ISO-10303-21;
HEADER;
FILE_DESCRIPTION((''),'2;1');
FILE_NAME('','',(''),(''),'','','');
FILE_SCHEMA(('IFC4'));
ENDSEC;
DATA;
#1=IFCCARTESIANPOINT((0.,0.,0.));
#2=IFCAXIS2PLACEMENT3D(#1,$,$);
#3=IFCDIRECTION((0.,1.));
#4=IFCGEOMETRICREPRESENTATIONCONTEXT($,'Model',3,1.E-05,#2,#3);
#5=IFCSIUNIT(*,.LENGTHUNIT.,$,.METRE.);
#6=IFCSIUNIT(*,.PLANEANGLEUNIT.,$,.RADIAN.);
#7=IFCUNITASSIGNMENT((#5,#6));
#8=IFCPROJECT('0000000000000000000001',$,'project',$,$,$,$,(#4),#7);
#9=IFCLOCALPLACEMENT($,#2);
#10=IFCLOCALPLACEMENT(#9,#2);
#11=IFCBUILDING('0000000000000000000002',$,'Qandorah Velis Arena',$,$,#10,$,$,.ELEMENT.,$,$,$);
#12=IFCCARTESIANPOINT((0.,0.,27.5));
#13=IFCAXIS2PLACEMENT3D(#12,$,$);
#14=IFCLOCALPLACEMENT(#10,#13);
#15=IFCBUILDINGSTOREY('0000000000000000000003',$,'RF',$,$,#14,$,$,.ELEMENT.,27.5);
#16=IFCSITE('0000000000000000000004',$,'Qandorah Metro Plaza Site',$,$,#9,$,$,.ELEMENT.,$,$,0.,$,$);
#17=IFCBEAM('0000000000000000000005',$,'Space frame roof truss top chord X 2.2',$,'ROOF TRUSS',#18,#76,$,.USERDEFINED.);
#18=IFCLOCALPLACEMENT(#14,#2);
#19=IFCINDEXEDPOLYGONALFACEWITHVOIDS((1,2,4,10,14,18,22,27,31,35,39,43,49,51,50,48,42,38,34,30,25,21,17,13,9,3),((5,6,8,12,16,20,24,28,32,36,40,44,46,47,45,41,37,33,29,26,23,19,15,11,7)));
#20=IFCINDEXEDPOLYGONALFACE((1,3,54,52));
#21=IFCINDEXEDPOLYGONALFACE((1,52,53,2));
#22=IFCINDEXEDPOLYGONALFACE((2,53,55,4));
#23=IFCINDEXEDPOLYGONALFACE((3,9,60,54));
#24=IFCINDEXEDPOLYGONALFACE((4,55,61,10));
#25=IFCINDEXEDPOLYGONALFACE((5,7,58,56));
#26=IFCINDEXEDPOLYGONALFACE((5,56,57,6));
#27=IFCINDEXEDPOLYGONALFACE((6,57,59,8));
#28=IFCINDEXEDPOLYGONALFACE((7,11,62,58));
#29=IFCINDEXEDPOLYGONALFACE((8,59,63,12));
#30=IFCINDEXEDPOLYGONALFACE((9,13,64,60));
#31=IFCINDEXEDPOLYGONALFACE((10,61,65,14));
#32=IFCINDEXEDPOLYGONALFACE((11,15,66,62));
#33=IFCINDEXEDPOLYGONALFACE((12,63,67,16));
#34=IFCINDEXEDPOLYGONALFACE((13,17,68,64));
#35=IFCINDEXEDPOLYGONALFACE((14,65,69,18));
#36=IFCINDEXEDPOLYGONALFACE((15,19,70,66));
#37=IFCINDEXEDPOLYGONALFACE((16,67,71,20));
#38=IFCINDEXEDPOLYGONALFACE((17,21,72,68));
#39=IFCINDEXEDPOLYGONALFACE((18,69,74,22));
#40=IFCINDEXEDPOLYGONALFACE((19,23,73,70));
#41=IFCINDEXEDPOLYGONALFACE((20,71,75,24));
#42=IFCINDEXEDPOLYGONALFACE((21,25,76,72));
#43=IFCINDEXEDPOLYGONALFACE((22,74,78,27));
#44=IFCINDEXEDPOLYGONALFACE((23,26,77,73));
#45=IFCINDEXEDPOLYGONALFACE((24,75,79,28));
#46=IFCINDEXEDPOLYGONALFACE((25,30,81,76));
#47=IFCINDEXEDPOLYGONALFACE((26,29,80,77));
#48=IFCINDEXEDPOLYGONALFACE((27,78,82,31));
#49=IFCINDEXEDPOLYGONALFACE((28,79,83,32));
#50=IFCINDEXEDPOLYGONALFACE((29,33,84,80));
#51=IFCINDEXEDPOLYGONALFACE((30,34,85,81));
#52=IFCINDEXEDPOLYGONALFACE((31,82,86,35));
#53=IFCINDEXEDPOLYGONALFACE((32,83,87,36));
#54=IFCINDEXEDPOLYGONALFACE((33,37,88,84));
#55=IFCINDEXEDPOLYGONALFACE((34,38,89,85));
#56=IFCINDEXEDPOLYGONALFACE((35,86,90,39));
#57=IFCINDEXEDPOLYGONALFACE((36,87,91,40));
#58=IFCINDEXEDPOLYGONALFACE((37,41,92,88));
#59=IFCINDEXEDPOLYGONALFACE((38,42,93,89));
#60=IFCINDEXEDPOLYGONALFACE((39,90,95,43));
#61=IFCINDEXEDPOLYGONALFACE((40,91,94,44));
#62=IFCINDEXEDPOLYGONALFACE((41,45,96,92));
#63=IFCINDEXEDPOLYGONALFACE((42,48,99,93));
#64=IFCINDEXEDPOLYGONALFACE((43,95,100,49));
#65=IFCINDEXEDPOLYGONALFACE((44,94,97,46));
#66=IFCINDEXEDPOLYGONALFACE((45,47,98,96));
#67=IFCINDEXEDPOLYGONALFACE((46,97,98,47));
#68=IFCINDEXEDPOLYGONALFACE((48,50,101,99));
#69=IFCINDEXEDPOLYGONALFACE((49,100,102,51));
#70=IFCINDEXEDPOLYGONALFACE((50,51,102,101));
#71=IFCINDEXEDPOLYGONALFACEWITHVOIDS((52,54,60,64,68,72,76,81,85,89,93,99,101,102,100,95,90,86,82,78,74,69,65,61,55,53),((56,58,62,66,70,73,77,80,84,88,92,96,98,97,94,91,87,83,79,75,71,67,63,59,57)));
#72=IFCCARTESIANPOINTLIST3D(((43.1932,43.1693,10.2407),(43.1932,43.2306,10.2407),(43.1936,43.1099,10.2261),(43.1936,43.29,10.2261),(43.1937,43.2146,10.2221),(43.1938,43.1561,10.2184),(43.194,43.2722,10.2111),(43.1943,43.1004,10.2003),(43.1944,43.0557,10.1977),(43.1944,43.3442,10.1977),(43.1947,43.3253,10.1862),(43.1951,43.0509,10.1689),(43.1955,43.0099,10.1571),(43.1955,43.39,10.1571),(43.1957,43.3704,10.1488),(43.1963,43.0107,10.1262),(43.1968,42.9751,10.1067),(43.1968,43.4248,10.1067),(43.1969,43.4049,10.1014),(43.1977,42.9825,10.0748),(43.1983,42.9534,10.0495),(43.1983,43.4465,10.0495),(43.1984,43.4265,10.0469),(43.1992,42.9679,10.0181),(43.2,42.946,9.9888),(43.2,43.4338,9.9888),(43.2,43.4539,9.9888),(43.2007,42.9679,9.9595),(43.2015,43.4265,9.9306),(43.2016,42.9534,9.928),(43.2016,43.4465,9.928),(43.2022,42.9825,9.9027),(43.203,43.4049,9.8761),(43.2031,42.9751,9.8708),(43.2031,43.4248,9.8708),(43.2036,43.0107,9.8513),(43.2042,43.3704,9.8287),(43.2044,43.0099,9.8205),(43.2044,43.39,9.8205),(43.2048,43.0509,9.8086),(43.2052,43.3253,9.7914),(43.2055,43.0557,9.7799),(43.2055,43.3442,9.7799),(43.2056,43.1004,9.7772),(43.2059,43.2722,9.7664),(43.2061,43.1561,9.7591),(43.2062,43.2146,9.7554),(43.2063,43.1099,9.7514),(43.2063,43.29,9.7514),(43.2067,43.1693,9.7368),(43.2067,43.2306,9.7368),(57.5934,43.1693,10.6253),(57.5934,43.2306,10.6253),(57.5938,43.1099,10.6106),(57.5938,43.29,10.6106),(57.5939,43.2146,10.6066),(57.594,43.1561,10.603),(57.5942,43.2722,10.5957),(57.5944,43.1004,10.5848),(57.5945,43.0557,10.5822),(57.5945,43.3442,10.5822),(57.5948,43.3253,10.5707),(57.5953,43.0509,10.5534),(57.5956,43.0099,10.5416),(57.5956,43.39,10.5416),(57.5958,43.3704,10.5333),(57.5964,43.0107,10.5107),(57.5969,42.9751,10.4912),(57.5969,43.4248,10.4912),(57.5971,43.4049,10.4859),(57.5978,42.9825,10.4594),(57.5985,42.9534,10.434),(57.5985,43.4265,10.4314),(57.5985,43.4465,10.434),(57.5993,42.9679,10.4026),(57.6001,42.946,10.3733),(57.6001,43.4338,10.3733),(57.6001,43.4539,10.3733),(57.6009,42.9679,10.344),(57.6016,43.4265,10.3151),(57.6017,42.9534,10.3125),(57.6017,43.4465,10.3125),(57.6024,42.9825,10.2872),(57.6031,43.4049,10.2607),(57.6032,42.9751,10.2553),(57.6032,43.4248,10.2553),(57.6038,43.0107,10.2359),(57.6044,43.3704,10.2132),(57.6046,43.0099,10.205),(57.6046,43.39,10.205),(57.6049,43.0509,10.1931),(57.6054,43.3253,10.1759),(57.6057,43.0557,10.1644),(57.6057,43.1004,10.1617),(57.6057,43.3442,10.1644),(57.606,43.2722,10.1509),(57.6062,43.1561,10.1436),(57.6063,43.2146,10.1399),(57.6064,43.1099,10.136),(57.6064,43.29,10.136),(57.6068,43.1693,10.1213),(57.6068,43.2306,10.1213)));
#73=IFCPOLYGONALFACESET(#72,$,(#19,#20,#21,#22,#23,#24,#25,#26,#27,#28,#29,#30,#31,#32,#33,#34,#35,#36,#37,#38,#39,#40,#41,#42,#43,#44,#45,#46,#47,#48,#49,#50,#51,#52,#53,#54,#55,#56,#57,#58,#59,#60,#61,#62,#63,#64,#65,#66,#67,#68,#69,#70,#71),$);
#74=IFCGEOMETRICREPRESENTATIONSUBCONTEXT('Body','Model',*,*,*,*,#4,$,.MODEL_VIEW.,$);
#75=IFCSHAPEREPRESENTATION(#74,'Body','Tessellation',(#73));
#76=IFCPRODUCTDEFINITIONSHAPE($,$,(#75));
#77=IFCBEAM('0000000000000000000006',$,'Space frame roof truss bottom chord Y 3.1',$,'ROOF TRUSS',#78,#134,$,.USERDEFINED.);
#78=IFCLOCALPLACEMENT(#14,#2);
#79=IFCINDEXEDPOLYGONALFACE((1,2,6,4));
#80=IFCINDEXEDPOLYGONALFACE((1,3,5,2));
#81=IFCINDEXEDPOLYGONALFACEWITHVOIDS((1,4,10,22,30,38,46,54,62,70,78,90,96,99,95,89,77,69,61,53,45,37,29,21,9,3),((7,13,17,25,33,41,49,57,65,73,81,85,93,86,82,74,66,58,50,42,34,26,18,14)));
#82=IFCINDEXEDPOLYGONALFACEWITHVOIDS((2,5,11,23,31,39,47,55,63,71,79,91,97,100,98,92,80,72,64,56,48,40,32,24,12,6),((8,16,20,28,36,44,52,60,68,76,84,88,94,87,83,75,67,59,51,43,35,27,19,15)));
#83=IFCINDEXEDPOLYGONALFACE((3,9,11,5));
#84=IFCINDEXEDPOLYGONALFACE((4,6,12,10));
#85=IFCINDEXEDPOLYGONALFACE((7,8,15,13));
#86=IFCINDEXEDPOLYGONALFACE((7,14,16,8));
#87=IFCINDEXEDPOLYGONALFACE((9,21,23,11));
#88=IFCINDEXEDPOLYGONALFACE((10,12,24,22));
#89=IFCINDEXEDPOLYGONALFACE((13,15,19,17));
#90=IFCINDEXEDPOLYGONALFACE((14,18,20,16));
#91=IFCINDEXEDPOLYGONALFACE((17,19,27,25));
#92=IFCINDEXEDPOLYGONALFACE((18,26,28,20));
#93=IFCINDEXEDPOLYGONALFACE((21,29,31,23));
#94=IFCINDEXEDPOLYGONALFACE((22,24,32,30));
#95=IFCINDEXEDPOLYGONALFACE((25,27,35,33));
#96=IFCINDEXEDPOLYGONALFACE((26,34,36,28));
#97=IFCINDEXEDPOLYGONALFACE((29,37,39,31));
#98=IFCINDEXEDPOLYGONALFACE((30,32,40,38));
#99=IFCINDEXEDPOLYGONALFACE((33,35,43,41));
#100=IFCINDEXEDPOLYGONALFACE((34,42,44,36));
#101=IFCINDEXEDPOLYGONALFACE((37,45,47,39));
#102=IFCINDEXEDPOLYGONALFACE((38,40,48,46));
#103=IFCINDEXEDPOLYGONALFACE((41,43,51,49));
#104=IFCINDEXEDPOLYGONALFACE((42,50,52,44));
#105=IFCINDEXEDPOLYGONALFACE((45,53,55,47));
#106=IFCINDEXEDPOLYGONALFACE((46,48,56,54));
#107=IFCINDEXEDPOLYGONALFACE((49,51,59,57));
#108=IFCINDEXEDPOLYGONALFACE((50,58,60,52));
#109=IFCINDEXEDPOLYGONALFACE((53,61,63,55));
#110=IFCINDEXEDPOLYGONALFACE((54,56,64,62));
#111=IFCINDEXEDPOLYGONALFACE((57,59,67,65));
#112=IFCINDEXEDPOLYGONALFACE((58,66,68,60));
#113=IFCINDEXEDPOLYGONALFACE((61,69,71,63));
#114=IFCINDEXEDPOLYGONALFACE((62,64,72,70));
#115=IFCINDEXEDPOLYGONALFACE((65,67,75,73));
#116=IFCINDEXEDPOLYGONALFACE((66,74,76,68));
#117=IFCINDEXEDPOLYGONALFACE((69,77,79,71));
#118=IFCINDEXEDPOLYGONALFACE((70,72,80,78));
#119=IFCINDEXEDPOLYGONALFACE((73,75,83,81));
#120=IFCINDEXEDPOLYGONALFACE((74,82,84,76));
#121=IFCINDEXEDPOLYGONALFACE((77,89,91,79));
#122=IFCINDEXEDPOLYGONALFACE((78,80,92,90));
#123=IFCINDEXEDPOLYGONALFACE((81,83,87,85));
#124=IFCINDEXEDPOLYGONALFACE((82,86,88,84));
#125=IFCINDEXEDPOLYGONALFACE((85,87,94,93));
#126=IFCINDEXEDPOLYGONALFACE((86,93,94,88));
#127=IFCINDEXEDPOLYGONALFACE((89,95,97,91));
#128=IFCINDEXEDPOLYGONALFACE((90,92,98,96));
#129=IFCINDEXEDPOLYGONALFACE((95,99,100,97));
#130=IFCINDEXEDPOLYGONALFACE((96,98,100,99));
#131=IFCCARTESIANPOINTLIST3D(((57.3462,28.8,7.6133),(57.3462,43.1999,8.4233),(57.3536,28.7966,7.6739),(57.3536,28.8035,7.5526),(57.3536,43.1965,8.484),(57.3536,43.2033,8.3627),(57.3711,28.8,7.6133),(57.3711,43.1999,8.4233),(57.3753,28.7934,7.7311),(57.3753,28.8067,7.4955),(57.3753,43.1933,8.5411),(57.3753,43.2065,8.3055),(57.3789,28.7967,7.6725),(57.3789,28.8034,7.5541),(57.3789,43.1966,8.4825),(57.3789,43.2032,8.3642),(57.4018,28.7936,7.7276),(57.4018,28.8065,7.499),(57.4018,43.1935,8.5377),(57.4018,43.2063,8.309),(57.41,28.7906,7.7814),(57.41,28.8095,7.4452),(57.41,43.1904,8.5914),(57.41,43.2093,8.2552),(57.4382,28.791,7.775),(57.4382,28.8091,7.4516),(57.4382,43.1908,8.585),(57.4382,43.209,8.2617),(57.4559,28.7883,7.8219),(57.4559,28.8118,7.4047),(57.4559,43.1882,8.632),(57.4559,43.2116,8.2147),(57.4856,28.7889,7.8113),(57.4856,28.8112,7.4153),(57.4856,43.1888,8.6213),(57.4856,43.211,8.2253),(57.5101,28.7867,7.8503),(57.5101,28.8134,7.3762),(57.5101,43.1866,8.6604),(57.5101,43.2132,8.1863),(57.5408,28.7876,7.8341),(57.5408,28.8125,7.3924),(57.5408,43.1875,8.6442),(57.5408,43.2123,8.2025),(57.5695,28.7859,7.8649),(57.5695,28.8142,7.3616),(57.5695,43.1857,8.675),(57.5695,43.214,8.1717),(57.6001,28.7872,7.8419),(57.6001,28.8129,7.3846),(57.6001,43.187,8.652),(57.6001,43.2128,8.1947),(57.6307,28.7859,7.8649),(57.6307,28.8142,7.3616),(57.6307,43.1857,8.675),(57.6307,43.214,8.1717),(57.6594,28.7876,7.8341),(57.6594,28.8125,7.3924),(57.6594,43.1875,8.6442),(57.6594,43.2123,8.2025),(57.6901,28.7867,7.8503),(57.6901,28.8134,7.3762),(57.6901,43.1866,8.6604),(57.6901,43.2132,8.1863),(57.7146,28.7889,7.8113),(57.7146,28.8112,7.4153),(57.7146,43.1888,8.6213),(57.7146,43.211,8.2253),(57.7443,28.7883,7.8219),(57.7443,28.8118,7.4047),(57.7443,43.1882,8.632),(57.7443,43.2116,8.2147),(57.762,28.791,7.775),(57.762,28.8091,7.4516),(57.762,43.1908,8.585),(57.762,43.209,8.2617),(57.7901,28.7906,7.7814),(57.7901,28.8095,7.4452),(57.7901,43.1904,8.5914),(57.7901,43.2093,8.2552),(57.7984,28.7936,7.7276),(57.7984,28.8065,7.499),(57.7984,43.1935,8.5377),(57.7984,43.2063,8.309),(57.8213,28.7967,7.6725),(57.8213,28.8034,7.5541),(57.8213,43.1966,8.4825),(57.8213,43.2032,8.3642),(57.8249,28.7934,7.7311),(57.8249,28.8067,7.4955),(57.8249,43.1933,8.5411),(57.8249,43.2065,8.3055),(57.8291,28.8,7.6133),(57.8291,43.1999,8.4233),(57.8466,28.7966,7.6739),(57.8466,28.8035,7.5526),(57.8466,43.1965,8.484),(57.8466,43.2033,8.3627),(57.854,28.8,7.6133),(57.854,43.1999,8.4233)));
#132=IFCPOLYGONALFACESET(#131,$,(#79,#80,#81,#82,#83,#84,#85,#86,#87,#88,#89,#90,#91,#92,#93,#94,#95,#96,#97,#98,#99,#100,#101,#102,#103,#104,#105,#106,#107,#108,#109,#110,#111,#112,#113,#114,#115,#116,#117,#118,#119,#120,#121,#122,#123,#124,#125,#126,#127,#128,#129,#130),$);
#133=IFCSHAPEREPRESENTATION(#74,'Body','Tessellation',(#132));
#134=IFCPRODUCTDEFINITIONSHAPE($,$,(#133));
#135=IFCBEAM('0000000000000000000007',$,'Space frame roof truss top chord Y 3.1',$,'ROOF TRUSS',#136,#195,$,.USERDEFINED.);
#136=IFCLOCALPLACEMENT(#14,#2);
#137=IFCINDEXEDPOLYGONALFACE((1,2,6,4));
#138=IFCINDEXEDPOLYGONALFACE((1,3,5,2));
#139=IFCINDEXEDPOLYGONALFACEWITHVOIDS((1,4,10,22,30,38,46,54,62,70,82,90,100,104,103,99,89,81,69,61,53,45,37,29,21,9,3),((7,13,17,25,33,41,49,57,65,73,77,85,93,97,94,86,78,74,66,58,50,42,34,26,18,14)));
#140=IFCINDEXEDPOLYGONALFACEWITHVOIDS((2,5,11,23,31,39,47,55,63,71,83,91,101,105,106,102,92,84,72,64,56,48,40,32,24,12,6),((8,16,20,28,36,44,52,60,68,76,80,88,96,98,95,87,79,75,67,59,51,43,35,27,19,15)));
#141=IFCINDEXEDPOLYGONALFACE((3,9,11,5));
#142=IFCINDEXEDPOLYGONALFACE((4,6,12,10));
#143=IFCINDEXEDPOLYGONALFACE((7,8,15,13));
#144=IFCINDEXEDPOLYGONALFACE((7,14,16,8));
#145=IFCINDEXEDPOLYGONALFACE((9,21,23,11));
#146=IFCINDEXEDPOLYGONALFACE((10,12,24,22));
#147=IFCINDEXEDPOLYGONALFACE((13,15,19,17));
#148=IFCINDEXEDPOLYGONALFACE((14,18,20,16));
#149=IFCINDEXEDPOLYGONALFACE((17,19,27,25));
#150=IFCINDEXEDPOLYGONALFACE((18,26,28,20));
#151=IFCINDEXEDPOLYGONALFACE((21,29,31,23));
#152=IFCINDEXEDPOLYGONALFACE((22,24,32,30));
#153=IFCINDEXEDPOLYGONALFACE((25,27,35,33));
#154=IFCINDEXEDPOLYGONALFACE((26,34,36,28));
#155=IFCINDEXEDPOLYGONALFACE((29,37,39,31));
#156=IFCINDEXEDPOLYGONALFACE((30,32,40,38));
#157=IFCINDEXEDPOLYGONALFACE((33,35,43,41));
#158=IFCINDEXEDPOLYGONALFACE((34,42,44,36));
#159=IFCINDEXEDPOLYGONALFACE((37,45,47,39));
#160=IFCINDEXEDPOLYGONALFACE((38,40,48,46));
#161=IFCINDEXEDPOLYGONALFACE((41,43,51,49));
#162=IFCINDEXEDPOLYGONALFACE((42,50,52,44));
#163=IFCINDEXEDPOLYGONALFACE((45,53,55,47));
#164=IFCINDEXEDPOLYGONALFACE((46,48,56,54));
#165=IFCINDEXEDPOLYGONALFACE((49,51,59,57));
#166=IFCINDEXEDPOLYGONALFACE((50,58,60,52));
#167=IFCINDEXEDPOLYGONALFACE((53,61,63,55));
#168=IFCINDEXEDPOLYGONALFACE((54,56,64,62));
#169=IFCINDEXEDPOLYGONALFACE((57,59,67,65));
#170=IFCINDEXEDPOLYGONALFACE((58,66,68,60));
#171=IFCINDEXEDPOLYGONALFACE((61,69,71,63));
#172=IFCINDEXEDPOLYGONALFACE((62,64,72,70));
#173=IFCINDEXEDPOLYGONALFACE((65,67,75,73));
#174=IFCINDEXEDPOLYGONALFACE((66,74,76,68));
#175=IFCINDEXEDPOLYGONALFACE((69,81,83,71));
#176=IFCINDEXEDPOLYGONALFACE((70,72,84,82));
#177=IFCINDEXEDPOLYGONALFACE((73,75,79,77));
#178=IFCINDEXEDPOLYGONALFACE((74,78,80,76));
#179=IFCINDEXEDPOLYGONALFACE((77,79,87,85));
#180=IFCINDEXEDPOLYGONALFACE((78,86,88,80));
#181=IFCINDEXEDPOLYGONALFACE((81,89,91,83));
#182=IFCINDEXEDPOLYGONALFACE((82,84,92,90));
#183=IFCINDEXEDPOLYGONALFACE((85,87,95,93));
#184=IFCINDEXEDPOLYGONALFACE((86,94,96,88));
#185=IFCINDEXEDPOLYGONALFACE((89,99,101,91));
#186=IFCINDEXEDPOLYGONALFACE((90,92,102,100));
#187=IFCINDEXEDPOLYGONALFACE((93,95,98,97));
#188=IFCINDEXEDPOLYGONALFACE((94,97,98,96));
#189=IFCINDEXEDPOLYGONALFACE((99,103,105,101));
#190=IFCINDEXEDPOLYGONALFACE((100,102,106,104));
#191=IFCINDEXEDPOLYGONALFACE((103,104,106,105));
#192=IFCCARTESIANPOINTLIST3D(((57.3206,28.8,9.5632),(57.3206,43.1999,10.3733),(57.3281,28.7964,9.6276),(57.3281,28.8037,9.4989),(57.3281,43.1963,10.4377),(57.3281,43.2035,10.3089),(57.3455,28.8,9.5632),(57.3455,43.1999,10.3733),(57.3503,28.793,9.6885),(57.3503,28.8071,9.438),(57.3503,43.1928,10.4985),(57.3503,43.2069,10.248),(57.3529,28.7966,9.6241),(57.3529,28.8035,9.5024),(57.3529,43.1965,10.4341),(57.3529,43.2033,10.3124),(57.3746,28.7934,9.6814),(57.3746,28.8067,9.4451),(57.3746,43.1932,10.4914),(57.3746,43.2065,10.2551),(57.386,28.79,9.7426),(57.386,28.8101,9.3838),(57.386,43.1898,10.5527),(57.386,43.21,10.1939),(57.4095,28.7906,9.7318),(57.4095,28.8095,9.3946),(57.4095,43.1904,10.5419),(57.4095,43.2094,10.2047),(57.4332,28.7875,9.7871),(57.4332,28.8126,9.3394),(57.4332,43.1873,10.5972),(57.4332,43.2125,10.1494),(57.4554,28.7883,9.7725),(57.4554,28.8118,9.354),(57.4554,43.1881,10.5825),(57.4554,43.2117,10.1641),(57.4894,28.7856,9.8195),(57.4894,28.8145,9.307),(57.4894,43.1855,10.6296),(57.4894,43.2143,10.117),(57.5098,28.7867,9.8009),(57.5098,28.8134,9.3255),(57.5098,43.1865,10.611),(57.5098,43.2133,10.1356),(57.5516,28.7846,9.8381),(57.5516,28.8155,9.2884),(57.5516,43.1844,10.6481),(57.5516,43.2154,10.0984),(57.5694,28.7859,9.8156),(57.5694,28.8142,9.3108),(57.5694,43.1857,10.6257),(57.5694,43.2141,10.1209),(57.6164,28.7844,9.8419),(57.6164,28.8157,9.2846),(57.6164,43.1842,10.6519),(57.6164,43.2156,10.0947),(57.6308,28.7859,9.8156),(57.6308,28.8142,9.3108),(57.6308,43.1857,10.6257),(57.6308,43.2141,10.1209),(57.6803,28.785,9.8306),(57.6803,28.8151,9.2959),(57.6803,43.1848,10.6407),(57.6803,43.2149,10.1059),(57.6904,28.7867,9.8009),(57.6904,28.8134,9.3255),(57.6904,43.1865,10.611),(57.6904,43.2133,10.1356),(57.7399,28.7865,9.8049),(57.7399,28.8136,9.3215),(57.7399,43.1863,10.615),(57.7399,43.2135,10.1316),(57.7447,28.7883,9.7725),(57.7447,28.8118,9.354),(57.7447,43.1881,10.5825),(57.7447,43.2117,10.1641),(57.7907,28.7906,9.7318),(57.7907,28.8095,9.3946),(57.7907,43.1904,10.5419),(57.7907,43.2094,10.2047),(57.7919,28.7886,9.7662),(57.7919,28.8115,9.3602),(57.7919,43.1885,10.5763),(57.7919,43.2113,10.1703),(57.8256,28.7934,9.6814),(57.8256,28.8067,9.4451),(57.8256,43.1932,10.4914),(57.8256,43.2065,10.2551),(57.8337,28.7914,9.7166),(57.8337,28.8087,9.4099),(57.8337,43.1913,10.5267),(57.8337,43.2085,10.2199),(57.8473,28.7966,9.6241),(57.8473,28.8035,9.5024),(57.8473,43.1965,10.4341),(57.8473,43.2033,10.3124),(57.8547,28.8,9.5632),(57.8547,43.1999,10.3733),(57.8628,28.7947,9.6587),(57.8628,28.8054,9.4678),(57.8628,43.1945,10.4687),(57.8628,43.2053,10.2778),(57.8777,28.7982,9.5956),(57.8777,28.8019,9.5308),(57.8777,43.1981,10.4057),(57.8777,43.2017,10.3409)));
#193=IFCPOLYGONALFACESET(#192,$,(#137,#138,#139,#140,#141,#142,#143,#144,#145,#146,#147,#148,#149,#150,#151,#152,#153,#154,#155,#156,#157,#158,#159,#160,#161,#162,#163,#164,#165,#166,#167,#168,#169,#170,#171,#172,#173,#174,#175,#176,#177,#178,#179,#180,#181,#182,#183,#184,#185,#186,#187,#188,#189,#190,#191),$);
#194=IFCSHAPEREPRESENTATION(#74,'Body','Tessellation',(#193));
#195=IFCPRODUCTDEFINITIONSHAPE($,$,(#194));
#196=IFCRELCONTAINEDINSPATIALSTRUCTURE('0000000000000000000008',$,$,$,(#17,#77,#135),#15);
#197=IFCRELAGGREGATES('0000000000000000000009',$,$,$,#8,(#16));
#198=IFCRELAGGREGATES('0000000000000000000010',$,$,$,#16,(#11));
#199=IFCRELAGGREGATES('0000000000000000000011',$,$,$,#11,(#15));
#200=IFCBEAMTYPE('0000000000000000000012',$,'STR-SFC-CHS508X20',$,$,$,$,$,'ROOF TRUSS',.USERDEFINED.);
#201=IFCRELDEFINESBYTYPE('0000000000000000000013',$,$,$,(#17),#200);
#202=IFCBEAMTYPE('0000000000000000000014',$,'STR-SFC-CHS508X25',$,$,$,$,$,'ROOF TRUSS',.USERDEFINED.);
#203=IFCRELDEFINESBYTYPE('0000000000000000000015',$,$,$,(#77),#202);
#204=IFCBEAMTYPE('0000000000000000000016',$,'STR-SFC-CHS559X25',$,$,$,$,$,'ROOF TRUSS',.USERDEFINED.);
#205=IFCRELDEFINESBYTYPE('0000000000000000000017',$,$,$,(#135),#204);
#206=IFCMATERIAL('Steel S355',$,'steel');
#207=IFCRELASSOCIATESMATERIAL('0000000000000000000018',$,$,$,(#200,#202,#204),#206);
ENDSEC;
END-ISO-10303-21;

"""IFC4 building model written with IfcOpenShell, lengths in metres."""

from ifc_helpers import new_model, si_unit, direction, frame, origin, origin_2d, place, context, subcontext, project, spatial, hollow_circle, extrude, material, material_profile, profile_set, type_object, element, save


model = new_model("IFC4")

# Units and contexts
model_context = context("Model", 3, precision=1e-05, world=origin(), true_north=direction((0.0, 1.0)))
body_context = subcontext(model_context, "Body", "Model", "MODEL_VIEW")
ifc_project = project(units=[si_unit("LENGTHUNIT", "METRE"), si_unit("PLANEANGLEUNIT", "RADIAN")], contexts=[model_context])

# Site, building, storey
site_placement = place(None, origin())
site = spatial("IfcSite", under=ifc_project, at=site_placement, Name="Qandorah Metro Plaza Site", CompositionType="ELEMENT", RefElevation=0.0)
building_placement = place(site_placement, origin())
building = spatial("IfcBuilding", under=site, at=building_placement, Name="Qandorah Velis Arena", CompositionType="ELEMENT")
storey_placement = place(building_placement, frame((0.0, 0.0, 27.5)))
storey = spatial("IfcBuildingStorey", under=building, at=storey_placement, Name="RF", CompositionType="ELEMENT", Elevation=27.5)

# Shared definitions
ifc_material_1 = material(Name="Steel S355", Category="steel")

# Beams
ifc_material_profile_1 = material_profile(ifc_material_1, hollow_circle(Radius=0.2539, WallThickness=0.02, at=origin_2d()), Name="CHS 508x20")
ifc_profile_set_1 = profile_set([ifc_material_profile_1], Name="Steel S355")
beam_type_1 = type_object("IfcBeamType", Name="STR-SFC-CHS508X20", ElementType="ROOF TRUSS", PredefinedType="USERDEFINED", material=ifc_profile_set_1)
beam_1_placement = place(storey_placement, frame((43.2, 43.2, 9.9888), z_axis=(0.999644, 0.0, 0.026693), x_axis=(0.0, 1.0, 0.0)))
element("IfcBeam", 1, at=beam_1_placement, inside=storey, type_object=beam_type_1, Name="Space frame roof truss top chord X 2.2", ObjectType="ROOF TRUSS", PredefinedType="USERDEFINED", context=body_context, shape_type="SweptSolid", body=[
    extrude(hollow_circle(Radius=0.2539, WallThickness=0.02, at=origin_2d()), origin(), (0.0, 0.0, 1.0), 14.4053),
])
ifc_material_profile_2 = material_profile(ifc_material_1, hollow_circle(Radius=0.2539, WallThickness=0.0249, at=origin_2d()), Name="CHS 508x25")
ifc_profile_set_2 = profile_set([ifc_material_profile_2], Name="Steel S355")
beam_type_2 = type_object("IfcBeamType", Name="STR-SFC-CHS508X25", ElementType="ROOF TRUSS", PredefinedType="USERDEFINED", material=ifc_profile_set_2)
beam_2_placement = place(storey_placement, frame((57.6001, 28.8, 7.6133), z_axis=(0.0, 0.998421, 0.056166), x_axis=(-1.0, 0.0, 0.0)))
element("IfcBeam", 2, at=beam_2_placement, inside=storey, type_object=beam_type_2, Name="Space frame roof truss bottom chord Y 3.1", ObjectType="ROOF TRUSS", PredefinedType="USERDEFINED", context=body_context, shape_type="SweptSolid", body=[
    extrude(hollow_circle(Radius=0.2539, WallThickness=0.0249, at=origin_2d()), origin(), (0.0, 0.0, 1.0), 14.4226),
])
ifc_material_profile_3 = material_profile(ifc_material_1, hollow_circle(Radius=0.2795, WallThickness=0.0249, at=origin_2d()), Name="CHS 559x25")
ifc_profile_set_3 = profile_set([ifc_material_profile_3], Name="Steel S355")
beam_type_3 = type_object("IfcBeamType", Name="STR-SFC-CHS559X25", ElementType="ROOF TRUSS", PredefinedType="USERDEFINED", material=ifc_profile_set_3)
beam_3_placement = place(storey_placement, frame((57.6001, 28.8, 9.5632), z_axis=(0.0, 0.998421, 0.056166), x_axis=(-1.0, 0.0, 0.0)))
element("IfcBeam", 3, at=beam_3_placement, inside=storey, type_object=beam_type_3, Name="Space frame roof truss top chord Y 3.1", ObjectType="ROOF TRUSS", PredefinedType="USERDEFINED", context=body_context, shape_type="SweptSolid", body=[
    extrude(hollow_circle(Radius=0.2795, WallThickness=0.0249, at=origin_2d()), origin(), (0.0, 0.0, 1.0), 14.4226),
])

save(model, "model.ifc")
